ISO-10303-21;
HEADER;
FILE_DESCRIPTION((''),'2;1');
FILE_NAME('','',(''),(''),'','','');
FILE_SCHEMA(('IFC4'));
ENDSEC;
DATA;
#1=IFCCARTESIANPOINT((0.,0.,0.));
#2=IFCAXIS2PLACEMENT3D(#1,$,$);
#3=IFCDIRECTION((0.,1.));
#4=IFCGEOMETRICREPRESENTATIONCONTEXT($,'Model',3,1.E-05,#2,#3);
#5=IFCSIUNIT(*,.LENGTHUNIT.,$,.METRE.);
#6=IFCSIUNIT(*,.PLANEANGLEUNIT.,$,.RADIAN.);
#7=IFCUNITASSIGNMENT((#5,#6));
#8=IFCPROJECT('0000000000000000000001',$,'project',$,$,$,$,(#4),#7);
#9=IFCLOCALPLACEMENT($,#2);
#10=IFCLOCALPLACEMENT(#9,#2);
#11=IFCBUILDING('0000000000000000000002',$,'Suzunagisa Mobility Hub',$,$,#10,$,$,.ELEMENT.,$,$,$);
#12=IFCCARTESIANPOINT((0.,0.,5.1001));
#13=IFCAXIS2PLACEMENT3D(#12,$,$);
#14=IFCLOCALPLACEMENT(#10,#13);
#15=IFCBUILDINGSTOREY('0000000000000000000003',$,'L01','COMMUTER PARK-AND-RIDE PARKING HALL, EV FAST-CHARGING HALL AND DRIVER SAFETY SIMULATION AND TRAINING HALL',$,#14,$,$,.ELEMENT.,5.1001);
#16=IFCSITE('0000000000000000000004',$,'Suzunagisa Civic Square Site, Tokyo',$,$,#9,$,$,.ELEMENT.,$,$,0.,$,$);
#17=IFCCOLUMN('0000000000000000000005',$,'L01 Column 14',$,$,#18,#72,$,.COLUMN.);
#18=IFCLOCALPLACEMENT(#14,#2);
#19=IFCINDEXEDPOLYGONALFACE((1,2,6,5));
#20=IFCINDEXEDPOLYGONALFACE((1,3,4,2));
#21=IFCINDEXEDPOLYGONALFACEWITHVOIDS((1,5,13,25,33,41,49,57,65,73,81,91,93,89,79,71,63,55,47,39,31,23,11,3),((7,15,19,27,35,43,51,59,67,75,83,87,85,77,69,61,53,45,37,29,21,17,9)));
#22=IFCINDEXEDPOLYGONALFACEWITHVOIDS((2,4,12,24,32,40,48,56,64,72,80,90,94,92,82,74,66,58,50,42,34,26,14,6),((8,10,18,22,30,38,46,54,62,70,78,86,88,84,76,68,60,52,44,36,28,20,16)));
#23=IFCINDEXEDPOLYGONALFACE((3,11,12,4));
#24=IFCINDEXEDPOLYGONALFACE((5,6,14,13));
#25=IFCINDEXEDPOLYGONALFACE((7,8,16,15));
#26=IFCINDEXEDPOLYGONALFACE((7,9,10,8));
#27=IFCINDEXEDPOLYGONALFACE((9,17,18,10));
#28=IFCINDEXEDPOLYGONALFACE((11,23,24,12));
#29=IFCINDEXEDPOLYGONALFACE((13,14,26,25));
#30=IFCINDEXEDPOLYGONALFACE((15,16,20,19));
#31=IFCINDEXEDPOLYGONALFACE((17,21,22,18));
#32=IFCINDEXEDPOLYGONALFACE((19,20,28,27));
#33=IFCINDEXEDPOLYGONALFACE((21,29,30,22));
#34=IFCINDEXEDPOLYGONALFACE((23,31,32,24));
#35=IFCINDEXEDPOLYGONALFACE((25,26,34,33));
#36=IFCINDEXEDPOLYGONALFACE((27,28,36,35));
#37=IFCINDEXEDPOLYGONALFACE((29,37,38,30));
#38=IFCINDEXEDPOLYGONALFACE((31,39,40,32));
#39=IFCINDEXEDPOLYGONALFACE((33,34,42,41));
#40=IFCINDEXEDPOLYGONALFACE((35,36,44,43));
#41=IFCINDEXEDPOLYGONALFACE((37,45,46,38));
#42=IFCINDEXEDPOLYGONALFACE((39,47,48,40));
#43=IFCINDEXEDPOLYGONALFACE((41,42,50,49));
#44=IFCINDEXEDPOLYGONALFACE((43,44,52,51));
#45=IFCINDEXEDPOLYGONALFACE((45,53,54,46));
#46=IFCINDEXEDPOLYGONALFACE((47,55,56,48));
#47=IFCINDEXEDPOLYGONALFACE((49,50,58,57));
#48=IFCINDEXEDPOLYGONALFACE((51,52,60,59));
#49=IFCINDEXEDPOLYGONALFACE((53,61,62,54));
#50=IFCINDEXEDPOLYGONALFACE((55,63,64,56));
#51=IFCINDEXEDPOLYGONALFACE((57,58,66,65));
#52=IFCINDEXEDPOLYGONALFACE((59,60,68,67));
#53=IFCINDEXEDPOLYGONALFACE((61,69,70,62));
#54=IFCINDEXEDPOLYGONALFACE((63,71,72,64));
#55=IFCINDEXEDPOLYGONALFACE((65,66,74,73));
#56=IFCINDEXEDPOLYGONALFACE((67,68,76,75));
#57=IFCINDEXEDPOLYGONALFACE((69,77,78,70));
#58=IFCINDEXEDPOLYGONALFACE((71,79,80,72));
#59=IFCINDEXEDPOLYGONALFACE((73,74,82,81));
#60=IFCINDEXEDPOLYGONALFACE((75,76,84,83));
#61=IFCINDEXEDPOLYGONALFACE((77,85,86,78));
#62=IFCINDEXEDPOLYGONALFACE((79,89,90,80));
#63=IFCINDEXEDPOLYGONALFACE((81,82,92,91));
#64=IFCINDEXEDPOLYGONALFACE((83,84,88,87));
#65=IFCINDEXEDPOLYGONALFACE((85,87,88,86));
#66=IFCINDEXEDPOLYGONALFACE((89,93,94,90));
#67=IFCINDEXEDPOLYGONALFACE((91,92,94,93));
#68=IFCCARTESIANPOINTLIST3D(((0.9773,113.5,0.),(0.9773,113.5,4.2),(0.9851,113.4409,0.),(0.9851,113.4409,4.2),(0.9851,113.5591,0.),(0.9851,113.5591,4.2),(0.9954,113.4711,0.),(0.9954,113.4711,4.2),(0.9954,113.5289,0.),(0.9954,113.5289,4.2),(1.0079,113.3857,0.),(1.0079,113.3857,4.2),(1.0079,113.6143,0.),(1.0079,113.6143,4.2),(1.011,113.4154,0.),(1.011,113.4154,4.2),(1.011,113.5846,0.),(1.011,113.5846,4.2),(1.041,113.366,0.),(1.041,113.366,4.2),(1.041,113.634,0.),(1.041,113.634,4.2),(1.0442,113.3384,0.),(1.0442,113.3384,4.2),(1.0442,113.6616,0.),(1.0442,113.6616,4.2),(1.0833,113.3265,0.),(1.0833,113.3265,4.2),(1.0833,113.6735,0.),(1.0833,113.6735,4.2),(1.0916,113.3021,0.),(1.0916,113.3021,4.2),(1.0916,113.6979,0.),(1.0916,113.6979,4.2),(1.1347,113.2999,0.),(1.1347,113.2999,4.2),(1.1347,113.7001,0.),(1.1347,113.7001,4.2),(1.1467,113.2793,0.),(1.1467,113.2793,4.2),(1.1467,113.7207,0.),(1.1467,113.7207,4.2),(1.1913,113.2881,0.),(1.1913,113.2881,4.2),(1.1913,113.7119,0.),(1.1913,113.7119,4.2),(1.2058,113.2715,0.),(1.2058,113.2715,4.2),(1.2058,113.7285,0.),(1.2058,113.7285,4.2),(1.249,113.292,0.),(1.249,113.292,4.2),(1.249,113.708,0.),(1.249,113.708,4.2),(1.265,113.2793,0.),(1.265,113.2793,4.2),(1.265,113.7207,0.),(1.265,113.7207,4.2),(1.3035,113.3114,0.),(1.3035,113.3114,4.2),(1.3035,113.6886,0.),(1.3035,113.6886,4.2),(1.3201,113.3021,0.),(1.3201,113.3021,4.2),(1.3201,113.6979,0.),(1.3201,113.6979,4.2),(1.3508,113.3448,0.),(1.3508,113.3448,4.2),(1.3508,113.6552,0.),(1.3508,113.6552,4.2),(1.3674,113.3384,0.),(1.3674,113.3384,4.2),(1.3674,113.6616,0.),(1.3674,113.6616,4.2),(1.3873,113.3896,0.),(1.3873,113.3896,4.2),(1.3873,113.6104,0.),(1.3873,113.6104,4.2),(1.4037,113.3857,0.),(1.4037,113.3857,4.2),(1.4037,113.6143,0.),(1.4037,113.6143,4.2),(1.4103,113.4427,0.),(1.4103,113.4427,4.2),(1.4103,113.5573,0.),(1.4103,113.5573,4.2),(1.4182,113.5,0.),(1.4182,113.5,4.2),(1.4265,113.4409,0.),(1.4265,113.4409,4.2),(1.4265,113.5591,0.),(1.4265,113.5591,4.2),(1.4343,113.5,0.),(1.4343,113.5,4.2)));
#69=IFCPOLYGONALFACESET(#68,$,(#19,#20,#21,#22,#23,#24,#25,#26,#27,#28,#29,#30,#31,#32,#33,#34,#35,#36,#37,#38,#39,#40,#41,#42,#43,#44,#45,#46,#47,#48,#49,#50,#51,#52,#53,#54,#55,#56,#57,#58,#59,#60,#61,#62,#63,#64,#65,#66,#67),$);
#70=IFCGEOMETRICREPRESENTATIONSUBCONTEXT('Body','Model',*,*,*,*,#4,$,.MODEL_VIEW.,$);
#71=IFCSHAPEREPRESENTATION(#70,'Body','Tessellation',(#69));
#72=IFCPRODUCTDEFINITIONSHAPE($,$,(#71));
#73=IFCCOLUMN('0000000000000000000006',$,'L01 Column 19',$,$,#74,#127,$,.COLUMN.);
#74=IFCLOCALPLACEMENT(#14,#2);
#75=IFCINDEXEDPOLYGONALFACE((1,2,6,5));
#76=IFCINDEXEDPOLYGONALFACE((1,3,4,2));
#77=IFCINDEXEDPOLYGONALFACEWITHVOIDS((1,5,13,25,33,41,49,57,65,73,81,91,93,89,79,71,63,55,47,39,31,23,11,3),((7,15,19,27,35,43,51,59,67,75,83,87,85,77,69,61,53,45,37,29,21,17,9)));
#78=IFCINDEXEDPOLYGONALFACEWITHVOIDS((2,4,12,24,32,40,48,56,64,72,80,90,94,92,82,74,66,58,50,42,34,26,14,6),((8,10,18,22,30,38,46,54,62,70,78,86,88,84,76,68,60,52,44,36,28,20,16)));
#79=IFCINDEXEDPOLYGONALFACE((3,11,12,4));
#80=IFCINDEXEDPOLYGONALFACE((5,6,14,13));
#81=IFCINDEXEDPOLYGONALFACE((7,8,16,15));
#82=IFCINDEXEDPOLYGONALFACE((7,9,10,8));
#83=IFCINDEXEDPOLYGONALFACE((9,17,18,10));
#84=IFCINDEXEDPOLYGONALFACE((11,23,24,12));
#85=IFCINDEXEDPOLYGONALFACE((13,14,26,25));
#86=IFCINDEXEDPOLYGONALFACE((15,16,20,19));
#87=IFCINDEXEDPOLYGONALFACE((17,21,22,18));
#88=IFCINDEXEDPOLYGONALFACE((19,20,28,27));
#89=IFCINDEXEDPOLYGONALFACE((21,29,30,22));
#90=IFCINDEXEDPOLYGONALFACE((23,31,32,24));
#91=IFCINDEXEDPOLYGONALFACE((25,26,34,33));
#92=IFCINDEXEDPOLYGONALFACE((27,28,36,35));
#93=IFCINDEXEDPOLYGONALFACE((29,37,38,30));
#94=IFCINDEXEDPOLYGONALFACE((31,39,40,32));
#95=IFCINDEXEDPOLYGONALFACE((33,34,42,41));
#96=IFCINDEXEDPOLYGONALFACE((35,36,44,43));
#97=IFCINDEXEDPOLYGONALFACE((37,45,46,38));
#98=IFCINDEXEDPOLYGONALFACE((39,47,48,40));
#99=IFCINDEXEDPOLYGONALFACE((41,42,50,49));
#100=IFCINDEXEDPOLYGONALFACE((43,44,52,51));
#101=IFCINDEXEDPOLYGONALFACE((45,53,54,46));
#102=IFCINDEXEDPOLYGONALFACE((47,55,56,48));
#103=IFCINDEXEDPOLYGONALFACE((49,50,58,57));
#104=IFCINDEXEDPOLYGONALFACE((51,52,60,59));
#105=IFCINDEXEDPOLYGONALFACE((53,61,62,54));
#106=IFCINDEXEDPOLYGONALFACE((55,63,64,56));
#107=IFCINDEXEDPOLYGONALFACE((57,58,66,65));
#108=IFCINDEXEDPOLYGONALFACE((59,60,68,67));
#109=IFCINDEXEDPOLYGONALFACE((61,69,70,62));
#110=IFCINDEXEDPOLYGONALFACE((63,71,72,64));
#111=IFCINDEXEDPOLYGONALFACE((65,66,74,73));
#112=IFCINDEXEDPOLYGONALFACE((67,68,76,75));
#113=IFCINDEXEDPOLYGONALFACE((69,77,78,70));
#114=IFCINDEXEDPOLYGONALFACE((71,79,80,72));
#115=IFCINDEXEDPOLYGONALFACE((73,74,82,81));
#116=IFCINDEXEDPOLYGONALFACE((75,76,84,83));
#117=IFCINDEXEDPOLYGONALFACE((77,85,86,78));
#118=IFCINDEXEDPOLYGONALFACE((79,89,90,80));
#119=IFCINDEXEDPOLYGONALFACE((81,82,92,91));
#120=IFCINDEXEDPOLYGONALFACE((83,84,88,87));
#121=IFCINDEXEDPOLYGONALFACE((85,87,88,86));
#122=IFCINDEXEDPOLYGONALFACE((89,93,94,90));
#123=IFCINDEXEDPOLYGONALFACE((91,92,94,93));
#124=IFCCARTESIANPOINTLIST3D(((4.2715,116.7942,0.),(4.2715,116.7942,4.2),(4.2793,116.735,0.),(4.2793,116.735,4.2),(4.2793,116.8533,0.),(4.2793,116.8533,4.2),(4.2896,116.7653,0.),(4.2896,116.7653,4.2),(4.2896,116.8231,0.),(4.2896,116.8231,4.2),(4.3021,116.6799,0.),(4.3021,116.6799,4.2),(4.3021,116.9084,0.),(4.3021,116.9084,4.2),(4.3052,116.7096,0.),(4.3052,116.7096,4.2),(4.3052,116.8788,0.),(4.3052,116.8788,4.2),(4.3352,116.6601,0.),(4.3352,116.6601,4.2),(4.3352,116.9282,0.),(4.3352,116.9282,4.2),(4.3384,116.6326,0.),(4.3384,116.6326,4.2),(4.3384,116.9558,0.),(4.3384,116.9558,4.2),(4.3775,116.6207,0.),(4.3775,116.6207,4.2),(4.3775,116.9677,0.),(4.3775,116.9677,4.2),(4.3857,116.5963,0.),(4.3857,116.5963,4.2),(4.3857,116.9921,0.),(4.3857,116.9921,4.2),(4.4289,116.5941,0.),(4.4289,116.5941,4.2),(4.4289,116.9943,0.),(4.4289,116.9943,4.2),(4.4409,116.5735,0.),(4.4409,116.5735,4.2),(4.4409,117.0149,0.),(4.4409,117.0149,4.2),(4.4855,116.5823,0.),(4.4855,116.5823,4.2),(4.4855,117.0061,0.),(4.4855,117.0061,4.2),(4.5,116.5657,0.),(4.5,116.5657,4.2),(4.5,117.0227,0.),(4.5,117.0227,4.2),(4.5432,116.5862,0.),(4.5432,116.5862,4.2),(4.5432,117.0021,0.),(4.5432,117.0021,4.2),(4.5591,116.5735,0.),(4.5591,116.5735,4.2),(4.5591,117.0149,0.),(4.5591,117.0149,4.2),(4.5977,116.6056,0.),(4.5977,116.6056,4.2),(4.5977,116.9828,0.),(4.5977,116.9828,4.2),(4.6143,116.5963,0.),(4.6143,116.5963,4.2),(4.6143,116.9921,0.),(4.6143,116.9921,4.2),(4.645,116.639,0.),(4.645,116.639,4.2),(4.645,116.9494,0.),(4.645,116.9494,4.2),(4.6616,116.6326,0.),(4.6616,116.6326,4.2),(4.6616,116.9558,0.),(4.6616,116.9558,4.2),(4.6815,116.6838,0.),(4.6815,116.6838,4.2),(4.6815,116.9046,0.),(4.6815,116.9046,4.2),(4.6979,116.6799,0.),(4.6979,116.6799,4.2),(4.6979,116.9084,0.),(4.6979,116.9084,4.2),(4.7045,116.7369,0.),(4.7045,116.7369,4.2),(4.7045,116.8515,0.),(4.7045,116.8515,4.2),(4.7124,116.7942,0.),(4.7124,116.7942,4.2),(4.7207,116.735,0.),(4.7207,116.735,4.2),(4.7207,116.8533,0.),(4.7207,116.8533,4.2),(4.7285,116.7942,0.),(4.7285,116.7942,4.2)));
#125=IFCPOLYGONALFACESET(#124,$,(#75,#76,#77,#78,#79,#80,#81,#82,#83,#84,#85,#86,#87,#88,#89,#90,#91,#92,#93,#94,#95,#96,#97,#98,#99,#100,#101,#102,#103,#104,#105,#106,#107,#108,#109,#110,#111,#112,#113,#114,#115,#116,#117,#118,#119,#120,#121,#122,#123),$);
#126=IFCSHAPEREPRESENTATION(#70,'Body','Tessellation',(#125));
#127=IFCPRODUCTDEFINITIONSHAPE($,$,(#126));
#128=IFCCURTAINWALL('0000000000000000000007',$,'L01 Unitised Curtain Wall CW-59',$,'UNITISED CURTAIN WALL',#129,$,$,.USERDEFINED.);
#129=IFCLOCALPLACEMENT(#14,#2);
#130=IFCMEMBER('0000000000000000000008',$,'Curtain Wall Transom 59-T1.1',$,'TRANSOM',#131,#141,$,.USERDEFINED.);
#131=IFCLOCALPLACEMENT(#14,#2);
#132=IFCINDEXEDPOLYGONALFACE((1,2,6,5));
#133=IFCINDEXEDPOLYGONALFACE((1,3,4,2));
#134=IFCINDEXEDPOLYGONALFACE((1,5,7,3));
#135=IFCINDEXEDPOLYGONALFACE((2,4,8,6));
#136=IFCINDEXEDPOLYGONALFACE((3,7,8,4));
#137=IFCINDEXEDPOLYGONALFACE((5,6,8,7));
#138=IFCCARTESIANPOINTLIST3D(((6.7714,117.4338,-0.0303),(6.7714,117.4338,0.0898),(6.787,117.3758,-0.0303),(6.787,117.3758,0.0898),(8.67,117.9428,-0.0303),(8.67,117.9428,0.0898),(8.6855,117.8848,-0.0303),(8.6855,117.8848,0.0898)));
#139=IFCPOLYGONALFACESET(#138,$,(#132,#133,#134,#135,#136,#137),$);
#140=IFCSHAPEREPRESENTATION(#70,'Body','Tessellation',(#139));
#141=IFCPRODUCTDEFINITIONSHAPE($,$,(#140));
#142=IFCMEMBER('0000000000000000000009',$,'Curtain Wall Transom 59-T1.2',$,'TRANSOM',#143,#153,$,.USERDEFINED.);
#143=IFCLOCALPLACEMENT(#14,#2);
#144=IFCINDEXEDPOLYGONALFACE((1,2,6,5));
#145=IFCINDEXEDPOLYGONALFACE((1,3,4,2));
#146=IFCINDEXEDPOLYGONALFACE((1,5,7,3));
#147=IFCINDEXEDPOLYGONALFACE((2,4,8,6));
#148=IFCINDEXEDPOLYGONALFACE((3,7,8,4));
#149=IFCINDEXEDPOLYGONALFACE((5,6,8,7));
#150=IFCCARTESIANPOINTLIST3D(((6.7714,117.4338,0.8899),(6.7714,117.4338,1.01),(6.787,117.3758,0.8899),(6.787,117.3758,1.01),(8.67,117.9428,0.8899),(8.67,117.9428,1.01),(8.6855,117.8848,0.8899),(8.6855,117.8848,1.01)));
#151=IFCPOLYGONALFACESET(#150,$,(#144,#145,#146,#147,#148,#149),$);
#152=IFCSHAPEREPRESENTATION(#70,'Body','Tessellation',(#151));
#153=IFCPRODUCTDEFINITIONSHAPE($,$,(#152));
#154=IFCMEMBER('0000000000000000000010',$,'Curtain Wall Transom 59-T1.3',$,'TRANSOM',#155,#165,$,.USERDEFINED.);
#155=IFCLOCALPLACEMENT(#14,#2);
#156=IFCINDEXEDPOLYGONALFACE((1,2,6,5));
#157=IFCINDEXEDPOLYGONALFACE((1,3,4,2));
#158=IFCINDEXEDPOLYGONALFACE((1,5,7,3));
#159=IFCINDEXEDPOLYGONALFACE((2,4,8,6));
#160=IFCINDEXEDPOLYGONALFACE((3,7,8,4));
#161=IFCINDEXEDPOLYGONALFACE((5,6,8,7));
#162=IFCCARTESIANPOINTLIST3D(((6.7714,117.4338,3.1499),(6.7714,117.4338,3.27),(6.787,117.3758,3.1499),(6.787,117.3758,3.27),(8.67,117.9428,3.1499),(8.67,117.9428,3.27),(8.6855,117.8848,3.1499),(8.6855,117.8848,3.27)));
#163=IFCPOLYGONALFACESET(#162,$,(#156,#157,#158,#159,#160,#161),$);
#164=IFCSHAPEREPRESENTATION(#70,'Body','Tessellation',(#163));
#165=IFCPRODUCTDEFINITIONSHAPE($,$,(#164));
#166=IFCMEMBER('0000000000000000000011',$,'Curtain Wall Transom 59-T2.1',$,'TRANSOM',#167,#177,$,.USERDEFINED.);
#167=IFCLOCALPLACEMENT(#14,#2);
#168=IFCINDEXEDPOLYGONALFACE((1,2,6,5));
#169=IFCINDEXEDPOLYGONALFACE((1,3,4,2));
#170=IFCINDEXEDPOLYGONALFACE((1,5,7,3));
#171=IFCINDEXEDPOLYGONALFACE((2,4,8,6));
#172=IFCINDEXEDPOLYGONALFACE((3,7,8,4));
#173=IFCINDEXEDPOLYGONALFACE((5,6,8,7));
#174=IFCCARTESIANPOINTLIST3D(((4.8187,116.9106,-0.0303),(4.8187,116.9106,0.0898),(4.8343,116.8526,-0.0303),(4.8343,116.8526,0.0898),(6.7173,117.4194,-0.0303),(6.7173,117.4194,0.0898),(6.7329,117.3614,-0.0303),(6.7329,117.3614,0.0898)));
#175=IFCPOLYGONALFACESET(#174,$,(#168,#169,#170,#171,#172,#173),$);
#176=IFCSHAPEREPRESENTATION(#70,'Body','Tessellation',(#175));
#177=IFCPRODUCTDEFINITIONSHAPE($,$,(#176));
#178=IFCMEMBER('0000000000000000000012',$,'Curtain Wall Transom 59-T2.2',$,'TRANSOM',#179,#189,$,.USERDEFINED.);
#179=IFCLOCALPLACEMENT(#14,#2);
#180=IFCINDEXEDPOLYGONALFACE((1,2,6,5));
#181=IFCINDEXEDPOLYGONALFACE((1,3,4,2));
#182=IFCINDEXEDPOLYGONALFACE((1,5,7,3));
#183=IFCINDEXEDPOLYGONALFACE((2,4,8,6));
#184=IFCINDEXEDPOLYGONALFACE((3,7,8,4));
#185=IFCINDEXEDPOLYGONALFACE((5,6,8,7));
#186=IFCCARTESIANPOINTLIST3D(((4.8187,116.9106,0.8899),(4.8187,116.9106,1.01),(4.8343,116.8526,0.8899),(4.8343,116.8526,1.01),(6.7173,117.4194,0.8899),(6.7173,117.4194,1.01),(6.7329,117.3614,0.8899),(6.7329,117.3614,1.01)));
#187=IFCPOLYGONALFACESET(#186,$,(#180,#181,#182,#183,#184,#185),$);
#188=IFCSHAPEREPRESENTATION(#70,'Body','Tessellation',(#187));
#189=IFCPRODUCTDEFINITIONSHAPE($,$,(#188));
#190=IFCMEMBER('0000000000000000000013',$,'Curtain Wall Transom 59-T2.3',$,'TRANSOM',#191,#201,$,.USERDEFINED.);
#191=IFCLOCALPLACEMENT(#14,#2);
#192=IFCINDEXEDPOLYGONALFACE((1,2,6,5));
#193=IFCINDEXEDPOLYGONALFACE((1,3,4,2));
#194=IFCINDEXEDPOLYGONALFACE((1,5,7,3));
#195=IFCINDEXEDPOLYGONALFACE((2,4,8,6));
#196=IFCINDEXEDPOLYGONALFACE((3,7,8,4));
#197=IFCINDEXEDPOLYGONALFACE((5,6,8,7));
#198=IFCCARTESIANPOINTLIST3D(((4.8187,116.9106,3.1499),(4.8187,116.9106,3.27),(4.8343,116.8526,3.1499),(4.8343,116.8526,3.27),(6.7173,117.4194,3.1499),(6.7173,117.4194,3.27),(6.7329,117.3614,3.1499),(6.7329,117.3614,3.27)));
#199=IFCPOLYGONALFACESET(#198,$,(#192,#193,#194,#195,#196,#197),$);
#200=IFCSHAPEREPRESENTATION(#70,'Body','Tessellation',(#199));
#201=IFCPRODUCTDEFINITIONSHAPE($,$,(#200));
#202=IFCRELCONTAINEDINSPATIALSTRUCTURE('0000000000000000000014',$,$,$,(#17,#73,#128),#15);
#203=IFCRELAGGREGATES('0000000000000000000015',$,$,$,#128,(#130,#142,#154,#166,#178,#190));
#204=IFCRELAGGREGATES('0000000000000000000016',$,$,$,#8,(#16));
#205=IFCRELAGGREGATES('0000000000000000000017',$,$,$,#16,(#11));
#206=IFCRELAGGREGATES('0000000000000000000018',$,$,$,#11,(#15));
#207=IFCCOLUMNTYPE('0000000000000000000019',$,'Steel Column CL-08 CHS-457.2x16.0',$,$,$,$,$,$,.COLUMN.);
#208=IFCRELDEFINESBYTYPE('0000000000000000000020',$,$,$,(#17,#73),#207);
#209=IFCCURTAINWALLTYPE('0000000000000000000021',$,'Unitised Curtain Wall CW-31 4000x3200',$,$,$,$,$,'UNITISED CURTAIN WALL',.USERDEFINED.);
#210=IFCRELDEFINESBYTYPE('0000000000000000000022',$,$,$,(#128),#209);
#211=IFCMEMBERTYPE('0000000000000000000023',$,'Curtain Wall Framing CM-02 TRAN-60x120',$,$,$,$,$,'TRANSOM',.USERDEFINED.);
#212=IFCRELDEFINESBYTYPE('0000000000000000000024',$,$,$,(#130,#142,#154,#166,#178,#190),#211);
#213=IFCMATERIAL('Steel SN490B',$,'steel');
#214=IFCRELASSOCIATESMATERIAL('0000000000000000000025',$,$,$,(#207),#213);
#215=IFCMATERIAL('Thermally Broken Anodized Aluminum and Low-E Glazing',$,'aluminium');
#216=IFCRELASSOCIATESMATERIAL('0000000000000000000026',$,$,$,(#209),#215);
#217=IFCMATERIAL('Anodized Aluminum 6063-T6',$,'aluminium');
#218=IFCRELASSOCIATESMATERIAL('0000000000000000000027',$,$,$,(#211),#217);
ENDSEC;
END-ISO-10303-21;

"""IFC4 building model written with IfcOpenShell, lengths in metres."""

from ifc_helpers import new_model, si_unit, direction, frame, origin, origin_2d, place, context, subcontext, project, spatial, rectangle, hollow_circle, extrude, material, material_profile, profile_set, type_object, element, aggregate, save


model = new_model("IFC4")

# Units and contexts
model_context = context("Model", 3, precision=1e-05, world=origin(), true_north=direction((0.0, 1.0)))
body_context = subcontext(model_context, "Body", "Model", "MODEL_VIEW")
ifc_project = project(units=[si_unit("LENGTHUNIT", "METRE"), si_unit("PLANEANGLEUNIT", "RADIAN")], contexts=[model_context])

# Site, building, storey
site_placement = place(None, origin())
site = spatial("IfcSite", under=ifc_project, at=site_placement, Name="Suzunagisa Civic Square Site, Tokyo", CompositionType="ELEMENT", RefElevation=0.0)
building_placement = place(site_placement, origin())
building = spatial("IfcBuilding", under=site, at=building_placement, Name="Suzunagisa Mobility Hub", CompositionType="ELEMENT")
storey_placement = place(building_placement, frame((0.0, 0.0, 5.1001)))
storey = spatial("IfcBuildingStorey", under=building, at=storey_placement, Name="L01", Description="COMMUTER PARK-AND-RIDE PARKING HALL, EV FAST-CHARGING HALL AND DRIVER SAFETY SIMULATION AND TRAINING HALL", CompositionType="ELEMENT", Elevation=5.1001)

# Columns
ifc_material_1 = material(Name="Steel SN490B", Category="steel")
ifc_material_profile_1 = material_profile(ifc_material_1, hollow_circle(Radius=0.2285, WallThickness=0.0161, at=origin_2d()), Name="CHS-457.2x16.0")
ifc_profile_set_1 = profile_set([ifc_material_profile_1], Name="Steel SN490B")
column_type = type_object("IfcColumnType", Name="Steel Column CL-08 CHS-457.2x16.0", PredefinedType="COLUMN", material=ifc_profile_set_1)
for number, where, z_axis, x_axis, name in (
    (1, (1.2058, 113.5, 0.0), (0.0, 0.0, 1.0), (1.0, 0.0, 0.0), "L01 Column 14"),
    (2, (4.5, 116.7942, 0.0), (0.0, 0.0, 1.0), (1.0, 0.0, 0.0), "L01 Column 19"),
):
    element("IfcColumn", number, at=place(storey_placement, frame(where, z_axis=z_axis, x_axis=x_axis)), inside=storey, type_object=column_type, Name=name, PredefinedType="COLUMN", context=body_context, shape_type="SweptSolid", body=[
        extrude(hollow_circle(Radius=0.2285, WallThickness=0.0161, at=origin_2d()), origin(), (0.0, 0.0, 1.0), 4.2),
    ])

# Curtain wall, members
ifc_material_2 = material(Name="Thermally Broken Anodized Aluminum and Low-E Glazing", Category="aluminium")
curtain_wall_type_1 = type_object("IfcCurtainWallType", Name="Unitised Curtain Wall CW-31 4000x3200", ElementType="UNITISED CURTAIN WALL", PredefinedType="USERDEFINED", material=ifc_material_2)
curtain_wall_1_placement = place(storey_placement, origin())
curtain_wall_1 = element("IfcCurtainWall", 3, at=curtain_wall_1_placement, inside=storey, type_object=curtain_wall_type_1, Name="L01 Unitised Curtain Wall CW-59", ObjectType="UNITISED CURTAIN WALL", PredefinedType="USERDEFINED")
ifc_material_3 = material(Name="Anodized Aluminum 6063-T6", Category="aluminium")
ifc_material_profile_2 = material_profile(ifc_material_3, rectangle(XDim=0.0601, YDim=0.1201, at=origin_2d()), Name="TRAN-60x120")
ifc_profile_set_2 = profile_set([ifc_material_profile_2], Name="Anodized Aluminum 6063-T6")
member_type_1 = type_object("IfcMemberType", Name="Curtain Wall Framing CM-02 TRAN-60x120", ElementType="TRANSOM", PredefinedType="USERDEFINED", material=ifc_profile_set_2)
member_1_placement = place(storey_placement, frame((8.6777, 117.9138, 0.0298), z_axis=(-0.965881, -0.258984, 0.0), x_axis=(0.258984, -0.965881, 0.0)))
member_1 = element("IfcMember", 4, at=member_1_placement, type_object=member_type_1, Name="Curtain Wall Transom 59-T1.1", ObjectType="TRANSOM", PredefinedType="USERDEFINED", context=body_context, shape_type="SweptSolid", body=[
    extrude(rectangle(XDim=0.0601, YDim=0.1201, at=origin_2d()), origin(), (0.0, 0.0, 1.0), 1.9656),
])
member_2_placement = place(storey_placement, frame((8.6777, 117.9138, 0.95), z_axis=(-0.965881, -0.258984, 0.0), x_axis=(0.258984, -0.965881, 0.0)))
member_2 = element("IfcMember", 5, at=member_2_placement, type_object=member_type_1, Name="Curtain Wall Transom 59-T1.2", ObjectType="TRANSOM", PredefinedType="USERDEFINED", context=body_context, shape_type="SweptSolid", body=[
    extrude(rectangle(XDim=0.0601, YDim=0.1201, at=origin_2d()), origin(), (0.0, 0.0, 1.0), 1.9656),
])
member_3_placement = place(storey_placement, frame((8.6777, 117.9138, 3.21), z_axis=(-0.965881, -0.258984, 0.0), x_axis=(0.258984, -0.965881, 0.0)))
member_3 = element("IfcMember", 6, at=member_3_placement, type_object=member_type_1, Name="Curtain Wall Transom 59-T1.3", ObjectType="TRANSOM", PredefinedType="USERDEFINED", context=body_context, shape_type="SweptSolid", body=[
    extrude(rectangle(XDim=0.0601, YDim=0.1201, at=origin_2d()), origin(), (0.0, 0.0, 1.0), 1.9656),
])
member_4_placement = place(storey_placement, frame((6.7251, 117.3904, 0.0298), z_axis=(-0.965921, -0.258837, 0.0), x_axis=(0.258837, -0.965921, 0.0)))
member_4 = element("IfcMember", 7, at=member_4_placement, type_object=member_type_1, Name="Curtain Wall Transom 59-T2.1", ObjectType="TRANSOM", PredefinedType="USERDEFINED", context=body_context, shape_type="SweptSolid", body=[
    extrude(rectangle(XDim=0.0601, YDim=0.1201, at=origin_2d()), origin(), (0.0, 0.0, 1.0), 1.9656),
])
member_5_placement = place(storey_placement, frame((6.7251, 117.3904, 0.95), z_axis=(-0.965921, -0.258837, 0.0), x_axis=(0.258837, -0.965921, 0.0)))
member_5 = element("IfcMember", 8, at=member_5_placement, type_object=member_type_1, Name="Curtain Wall Transom 59-T2.2", ObjectType="TRANSOM", PredefinedType="USERDEFINED", context=body_context, shape_type="SweptSolid", body=[
    extrude(rectangle(XDim=0.0601, YDim=0.1201, at=origin_2d()), origin(), (0.0, 0.0, 1.0), 1.9656),
])
member_6_placement = place(storey_placement, frame((6.7251, 117.3904, 3.21), z_axis=(-0.965921, -0.258837, 0.0), x_axis=(0.258837, -0.965921, 0.0)))
member_6 = element("IfcMember", 9, at=member_6_placement, type_object=member_type_1, Name="Curtain Wall Transom 59-T2.3", ObjectType="TRANSOM", PredefinedType="USERDEFINED", context=body_context, shape_type="SweptSolid", body=[
    extrude(rectangle(XDim=0.0601, YDim=0.1201, at=origin_2d()), origin(), (0.0, 0.0, 1.0), 1.9656),
])

aggregate(curtain_wall_1, [member_1, member_2, member_3, member_4, member_5, member_6])

save(model, "model.ifc")
